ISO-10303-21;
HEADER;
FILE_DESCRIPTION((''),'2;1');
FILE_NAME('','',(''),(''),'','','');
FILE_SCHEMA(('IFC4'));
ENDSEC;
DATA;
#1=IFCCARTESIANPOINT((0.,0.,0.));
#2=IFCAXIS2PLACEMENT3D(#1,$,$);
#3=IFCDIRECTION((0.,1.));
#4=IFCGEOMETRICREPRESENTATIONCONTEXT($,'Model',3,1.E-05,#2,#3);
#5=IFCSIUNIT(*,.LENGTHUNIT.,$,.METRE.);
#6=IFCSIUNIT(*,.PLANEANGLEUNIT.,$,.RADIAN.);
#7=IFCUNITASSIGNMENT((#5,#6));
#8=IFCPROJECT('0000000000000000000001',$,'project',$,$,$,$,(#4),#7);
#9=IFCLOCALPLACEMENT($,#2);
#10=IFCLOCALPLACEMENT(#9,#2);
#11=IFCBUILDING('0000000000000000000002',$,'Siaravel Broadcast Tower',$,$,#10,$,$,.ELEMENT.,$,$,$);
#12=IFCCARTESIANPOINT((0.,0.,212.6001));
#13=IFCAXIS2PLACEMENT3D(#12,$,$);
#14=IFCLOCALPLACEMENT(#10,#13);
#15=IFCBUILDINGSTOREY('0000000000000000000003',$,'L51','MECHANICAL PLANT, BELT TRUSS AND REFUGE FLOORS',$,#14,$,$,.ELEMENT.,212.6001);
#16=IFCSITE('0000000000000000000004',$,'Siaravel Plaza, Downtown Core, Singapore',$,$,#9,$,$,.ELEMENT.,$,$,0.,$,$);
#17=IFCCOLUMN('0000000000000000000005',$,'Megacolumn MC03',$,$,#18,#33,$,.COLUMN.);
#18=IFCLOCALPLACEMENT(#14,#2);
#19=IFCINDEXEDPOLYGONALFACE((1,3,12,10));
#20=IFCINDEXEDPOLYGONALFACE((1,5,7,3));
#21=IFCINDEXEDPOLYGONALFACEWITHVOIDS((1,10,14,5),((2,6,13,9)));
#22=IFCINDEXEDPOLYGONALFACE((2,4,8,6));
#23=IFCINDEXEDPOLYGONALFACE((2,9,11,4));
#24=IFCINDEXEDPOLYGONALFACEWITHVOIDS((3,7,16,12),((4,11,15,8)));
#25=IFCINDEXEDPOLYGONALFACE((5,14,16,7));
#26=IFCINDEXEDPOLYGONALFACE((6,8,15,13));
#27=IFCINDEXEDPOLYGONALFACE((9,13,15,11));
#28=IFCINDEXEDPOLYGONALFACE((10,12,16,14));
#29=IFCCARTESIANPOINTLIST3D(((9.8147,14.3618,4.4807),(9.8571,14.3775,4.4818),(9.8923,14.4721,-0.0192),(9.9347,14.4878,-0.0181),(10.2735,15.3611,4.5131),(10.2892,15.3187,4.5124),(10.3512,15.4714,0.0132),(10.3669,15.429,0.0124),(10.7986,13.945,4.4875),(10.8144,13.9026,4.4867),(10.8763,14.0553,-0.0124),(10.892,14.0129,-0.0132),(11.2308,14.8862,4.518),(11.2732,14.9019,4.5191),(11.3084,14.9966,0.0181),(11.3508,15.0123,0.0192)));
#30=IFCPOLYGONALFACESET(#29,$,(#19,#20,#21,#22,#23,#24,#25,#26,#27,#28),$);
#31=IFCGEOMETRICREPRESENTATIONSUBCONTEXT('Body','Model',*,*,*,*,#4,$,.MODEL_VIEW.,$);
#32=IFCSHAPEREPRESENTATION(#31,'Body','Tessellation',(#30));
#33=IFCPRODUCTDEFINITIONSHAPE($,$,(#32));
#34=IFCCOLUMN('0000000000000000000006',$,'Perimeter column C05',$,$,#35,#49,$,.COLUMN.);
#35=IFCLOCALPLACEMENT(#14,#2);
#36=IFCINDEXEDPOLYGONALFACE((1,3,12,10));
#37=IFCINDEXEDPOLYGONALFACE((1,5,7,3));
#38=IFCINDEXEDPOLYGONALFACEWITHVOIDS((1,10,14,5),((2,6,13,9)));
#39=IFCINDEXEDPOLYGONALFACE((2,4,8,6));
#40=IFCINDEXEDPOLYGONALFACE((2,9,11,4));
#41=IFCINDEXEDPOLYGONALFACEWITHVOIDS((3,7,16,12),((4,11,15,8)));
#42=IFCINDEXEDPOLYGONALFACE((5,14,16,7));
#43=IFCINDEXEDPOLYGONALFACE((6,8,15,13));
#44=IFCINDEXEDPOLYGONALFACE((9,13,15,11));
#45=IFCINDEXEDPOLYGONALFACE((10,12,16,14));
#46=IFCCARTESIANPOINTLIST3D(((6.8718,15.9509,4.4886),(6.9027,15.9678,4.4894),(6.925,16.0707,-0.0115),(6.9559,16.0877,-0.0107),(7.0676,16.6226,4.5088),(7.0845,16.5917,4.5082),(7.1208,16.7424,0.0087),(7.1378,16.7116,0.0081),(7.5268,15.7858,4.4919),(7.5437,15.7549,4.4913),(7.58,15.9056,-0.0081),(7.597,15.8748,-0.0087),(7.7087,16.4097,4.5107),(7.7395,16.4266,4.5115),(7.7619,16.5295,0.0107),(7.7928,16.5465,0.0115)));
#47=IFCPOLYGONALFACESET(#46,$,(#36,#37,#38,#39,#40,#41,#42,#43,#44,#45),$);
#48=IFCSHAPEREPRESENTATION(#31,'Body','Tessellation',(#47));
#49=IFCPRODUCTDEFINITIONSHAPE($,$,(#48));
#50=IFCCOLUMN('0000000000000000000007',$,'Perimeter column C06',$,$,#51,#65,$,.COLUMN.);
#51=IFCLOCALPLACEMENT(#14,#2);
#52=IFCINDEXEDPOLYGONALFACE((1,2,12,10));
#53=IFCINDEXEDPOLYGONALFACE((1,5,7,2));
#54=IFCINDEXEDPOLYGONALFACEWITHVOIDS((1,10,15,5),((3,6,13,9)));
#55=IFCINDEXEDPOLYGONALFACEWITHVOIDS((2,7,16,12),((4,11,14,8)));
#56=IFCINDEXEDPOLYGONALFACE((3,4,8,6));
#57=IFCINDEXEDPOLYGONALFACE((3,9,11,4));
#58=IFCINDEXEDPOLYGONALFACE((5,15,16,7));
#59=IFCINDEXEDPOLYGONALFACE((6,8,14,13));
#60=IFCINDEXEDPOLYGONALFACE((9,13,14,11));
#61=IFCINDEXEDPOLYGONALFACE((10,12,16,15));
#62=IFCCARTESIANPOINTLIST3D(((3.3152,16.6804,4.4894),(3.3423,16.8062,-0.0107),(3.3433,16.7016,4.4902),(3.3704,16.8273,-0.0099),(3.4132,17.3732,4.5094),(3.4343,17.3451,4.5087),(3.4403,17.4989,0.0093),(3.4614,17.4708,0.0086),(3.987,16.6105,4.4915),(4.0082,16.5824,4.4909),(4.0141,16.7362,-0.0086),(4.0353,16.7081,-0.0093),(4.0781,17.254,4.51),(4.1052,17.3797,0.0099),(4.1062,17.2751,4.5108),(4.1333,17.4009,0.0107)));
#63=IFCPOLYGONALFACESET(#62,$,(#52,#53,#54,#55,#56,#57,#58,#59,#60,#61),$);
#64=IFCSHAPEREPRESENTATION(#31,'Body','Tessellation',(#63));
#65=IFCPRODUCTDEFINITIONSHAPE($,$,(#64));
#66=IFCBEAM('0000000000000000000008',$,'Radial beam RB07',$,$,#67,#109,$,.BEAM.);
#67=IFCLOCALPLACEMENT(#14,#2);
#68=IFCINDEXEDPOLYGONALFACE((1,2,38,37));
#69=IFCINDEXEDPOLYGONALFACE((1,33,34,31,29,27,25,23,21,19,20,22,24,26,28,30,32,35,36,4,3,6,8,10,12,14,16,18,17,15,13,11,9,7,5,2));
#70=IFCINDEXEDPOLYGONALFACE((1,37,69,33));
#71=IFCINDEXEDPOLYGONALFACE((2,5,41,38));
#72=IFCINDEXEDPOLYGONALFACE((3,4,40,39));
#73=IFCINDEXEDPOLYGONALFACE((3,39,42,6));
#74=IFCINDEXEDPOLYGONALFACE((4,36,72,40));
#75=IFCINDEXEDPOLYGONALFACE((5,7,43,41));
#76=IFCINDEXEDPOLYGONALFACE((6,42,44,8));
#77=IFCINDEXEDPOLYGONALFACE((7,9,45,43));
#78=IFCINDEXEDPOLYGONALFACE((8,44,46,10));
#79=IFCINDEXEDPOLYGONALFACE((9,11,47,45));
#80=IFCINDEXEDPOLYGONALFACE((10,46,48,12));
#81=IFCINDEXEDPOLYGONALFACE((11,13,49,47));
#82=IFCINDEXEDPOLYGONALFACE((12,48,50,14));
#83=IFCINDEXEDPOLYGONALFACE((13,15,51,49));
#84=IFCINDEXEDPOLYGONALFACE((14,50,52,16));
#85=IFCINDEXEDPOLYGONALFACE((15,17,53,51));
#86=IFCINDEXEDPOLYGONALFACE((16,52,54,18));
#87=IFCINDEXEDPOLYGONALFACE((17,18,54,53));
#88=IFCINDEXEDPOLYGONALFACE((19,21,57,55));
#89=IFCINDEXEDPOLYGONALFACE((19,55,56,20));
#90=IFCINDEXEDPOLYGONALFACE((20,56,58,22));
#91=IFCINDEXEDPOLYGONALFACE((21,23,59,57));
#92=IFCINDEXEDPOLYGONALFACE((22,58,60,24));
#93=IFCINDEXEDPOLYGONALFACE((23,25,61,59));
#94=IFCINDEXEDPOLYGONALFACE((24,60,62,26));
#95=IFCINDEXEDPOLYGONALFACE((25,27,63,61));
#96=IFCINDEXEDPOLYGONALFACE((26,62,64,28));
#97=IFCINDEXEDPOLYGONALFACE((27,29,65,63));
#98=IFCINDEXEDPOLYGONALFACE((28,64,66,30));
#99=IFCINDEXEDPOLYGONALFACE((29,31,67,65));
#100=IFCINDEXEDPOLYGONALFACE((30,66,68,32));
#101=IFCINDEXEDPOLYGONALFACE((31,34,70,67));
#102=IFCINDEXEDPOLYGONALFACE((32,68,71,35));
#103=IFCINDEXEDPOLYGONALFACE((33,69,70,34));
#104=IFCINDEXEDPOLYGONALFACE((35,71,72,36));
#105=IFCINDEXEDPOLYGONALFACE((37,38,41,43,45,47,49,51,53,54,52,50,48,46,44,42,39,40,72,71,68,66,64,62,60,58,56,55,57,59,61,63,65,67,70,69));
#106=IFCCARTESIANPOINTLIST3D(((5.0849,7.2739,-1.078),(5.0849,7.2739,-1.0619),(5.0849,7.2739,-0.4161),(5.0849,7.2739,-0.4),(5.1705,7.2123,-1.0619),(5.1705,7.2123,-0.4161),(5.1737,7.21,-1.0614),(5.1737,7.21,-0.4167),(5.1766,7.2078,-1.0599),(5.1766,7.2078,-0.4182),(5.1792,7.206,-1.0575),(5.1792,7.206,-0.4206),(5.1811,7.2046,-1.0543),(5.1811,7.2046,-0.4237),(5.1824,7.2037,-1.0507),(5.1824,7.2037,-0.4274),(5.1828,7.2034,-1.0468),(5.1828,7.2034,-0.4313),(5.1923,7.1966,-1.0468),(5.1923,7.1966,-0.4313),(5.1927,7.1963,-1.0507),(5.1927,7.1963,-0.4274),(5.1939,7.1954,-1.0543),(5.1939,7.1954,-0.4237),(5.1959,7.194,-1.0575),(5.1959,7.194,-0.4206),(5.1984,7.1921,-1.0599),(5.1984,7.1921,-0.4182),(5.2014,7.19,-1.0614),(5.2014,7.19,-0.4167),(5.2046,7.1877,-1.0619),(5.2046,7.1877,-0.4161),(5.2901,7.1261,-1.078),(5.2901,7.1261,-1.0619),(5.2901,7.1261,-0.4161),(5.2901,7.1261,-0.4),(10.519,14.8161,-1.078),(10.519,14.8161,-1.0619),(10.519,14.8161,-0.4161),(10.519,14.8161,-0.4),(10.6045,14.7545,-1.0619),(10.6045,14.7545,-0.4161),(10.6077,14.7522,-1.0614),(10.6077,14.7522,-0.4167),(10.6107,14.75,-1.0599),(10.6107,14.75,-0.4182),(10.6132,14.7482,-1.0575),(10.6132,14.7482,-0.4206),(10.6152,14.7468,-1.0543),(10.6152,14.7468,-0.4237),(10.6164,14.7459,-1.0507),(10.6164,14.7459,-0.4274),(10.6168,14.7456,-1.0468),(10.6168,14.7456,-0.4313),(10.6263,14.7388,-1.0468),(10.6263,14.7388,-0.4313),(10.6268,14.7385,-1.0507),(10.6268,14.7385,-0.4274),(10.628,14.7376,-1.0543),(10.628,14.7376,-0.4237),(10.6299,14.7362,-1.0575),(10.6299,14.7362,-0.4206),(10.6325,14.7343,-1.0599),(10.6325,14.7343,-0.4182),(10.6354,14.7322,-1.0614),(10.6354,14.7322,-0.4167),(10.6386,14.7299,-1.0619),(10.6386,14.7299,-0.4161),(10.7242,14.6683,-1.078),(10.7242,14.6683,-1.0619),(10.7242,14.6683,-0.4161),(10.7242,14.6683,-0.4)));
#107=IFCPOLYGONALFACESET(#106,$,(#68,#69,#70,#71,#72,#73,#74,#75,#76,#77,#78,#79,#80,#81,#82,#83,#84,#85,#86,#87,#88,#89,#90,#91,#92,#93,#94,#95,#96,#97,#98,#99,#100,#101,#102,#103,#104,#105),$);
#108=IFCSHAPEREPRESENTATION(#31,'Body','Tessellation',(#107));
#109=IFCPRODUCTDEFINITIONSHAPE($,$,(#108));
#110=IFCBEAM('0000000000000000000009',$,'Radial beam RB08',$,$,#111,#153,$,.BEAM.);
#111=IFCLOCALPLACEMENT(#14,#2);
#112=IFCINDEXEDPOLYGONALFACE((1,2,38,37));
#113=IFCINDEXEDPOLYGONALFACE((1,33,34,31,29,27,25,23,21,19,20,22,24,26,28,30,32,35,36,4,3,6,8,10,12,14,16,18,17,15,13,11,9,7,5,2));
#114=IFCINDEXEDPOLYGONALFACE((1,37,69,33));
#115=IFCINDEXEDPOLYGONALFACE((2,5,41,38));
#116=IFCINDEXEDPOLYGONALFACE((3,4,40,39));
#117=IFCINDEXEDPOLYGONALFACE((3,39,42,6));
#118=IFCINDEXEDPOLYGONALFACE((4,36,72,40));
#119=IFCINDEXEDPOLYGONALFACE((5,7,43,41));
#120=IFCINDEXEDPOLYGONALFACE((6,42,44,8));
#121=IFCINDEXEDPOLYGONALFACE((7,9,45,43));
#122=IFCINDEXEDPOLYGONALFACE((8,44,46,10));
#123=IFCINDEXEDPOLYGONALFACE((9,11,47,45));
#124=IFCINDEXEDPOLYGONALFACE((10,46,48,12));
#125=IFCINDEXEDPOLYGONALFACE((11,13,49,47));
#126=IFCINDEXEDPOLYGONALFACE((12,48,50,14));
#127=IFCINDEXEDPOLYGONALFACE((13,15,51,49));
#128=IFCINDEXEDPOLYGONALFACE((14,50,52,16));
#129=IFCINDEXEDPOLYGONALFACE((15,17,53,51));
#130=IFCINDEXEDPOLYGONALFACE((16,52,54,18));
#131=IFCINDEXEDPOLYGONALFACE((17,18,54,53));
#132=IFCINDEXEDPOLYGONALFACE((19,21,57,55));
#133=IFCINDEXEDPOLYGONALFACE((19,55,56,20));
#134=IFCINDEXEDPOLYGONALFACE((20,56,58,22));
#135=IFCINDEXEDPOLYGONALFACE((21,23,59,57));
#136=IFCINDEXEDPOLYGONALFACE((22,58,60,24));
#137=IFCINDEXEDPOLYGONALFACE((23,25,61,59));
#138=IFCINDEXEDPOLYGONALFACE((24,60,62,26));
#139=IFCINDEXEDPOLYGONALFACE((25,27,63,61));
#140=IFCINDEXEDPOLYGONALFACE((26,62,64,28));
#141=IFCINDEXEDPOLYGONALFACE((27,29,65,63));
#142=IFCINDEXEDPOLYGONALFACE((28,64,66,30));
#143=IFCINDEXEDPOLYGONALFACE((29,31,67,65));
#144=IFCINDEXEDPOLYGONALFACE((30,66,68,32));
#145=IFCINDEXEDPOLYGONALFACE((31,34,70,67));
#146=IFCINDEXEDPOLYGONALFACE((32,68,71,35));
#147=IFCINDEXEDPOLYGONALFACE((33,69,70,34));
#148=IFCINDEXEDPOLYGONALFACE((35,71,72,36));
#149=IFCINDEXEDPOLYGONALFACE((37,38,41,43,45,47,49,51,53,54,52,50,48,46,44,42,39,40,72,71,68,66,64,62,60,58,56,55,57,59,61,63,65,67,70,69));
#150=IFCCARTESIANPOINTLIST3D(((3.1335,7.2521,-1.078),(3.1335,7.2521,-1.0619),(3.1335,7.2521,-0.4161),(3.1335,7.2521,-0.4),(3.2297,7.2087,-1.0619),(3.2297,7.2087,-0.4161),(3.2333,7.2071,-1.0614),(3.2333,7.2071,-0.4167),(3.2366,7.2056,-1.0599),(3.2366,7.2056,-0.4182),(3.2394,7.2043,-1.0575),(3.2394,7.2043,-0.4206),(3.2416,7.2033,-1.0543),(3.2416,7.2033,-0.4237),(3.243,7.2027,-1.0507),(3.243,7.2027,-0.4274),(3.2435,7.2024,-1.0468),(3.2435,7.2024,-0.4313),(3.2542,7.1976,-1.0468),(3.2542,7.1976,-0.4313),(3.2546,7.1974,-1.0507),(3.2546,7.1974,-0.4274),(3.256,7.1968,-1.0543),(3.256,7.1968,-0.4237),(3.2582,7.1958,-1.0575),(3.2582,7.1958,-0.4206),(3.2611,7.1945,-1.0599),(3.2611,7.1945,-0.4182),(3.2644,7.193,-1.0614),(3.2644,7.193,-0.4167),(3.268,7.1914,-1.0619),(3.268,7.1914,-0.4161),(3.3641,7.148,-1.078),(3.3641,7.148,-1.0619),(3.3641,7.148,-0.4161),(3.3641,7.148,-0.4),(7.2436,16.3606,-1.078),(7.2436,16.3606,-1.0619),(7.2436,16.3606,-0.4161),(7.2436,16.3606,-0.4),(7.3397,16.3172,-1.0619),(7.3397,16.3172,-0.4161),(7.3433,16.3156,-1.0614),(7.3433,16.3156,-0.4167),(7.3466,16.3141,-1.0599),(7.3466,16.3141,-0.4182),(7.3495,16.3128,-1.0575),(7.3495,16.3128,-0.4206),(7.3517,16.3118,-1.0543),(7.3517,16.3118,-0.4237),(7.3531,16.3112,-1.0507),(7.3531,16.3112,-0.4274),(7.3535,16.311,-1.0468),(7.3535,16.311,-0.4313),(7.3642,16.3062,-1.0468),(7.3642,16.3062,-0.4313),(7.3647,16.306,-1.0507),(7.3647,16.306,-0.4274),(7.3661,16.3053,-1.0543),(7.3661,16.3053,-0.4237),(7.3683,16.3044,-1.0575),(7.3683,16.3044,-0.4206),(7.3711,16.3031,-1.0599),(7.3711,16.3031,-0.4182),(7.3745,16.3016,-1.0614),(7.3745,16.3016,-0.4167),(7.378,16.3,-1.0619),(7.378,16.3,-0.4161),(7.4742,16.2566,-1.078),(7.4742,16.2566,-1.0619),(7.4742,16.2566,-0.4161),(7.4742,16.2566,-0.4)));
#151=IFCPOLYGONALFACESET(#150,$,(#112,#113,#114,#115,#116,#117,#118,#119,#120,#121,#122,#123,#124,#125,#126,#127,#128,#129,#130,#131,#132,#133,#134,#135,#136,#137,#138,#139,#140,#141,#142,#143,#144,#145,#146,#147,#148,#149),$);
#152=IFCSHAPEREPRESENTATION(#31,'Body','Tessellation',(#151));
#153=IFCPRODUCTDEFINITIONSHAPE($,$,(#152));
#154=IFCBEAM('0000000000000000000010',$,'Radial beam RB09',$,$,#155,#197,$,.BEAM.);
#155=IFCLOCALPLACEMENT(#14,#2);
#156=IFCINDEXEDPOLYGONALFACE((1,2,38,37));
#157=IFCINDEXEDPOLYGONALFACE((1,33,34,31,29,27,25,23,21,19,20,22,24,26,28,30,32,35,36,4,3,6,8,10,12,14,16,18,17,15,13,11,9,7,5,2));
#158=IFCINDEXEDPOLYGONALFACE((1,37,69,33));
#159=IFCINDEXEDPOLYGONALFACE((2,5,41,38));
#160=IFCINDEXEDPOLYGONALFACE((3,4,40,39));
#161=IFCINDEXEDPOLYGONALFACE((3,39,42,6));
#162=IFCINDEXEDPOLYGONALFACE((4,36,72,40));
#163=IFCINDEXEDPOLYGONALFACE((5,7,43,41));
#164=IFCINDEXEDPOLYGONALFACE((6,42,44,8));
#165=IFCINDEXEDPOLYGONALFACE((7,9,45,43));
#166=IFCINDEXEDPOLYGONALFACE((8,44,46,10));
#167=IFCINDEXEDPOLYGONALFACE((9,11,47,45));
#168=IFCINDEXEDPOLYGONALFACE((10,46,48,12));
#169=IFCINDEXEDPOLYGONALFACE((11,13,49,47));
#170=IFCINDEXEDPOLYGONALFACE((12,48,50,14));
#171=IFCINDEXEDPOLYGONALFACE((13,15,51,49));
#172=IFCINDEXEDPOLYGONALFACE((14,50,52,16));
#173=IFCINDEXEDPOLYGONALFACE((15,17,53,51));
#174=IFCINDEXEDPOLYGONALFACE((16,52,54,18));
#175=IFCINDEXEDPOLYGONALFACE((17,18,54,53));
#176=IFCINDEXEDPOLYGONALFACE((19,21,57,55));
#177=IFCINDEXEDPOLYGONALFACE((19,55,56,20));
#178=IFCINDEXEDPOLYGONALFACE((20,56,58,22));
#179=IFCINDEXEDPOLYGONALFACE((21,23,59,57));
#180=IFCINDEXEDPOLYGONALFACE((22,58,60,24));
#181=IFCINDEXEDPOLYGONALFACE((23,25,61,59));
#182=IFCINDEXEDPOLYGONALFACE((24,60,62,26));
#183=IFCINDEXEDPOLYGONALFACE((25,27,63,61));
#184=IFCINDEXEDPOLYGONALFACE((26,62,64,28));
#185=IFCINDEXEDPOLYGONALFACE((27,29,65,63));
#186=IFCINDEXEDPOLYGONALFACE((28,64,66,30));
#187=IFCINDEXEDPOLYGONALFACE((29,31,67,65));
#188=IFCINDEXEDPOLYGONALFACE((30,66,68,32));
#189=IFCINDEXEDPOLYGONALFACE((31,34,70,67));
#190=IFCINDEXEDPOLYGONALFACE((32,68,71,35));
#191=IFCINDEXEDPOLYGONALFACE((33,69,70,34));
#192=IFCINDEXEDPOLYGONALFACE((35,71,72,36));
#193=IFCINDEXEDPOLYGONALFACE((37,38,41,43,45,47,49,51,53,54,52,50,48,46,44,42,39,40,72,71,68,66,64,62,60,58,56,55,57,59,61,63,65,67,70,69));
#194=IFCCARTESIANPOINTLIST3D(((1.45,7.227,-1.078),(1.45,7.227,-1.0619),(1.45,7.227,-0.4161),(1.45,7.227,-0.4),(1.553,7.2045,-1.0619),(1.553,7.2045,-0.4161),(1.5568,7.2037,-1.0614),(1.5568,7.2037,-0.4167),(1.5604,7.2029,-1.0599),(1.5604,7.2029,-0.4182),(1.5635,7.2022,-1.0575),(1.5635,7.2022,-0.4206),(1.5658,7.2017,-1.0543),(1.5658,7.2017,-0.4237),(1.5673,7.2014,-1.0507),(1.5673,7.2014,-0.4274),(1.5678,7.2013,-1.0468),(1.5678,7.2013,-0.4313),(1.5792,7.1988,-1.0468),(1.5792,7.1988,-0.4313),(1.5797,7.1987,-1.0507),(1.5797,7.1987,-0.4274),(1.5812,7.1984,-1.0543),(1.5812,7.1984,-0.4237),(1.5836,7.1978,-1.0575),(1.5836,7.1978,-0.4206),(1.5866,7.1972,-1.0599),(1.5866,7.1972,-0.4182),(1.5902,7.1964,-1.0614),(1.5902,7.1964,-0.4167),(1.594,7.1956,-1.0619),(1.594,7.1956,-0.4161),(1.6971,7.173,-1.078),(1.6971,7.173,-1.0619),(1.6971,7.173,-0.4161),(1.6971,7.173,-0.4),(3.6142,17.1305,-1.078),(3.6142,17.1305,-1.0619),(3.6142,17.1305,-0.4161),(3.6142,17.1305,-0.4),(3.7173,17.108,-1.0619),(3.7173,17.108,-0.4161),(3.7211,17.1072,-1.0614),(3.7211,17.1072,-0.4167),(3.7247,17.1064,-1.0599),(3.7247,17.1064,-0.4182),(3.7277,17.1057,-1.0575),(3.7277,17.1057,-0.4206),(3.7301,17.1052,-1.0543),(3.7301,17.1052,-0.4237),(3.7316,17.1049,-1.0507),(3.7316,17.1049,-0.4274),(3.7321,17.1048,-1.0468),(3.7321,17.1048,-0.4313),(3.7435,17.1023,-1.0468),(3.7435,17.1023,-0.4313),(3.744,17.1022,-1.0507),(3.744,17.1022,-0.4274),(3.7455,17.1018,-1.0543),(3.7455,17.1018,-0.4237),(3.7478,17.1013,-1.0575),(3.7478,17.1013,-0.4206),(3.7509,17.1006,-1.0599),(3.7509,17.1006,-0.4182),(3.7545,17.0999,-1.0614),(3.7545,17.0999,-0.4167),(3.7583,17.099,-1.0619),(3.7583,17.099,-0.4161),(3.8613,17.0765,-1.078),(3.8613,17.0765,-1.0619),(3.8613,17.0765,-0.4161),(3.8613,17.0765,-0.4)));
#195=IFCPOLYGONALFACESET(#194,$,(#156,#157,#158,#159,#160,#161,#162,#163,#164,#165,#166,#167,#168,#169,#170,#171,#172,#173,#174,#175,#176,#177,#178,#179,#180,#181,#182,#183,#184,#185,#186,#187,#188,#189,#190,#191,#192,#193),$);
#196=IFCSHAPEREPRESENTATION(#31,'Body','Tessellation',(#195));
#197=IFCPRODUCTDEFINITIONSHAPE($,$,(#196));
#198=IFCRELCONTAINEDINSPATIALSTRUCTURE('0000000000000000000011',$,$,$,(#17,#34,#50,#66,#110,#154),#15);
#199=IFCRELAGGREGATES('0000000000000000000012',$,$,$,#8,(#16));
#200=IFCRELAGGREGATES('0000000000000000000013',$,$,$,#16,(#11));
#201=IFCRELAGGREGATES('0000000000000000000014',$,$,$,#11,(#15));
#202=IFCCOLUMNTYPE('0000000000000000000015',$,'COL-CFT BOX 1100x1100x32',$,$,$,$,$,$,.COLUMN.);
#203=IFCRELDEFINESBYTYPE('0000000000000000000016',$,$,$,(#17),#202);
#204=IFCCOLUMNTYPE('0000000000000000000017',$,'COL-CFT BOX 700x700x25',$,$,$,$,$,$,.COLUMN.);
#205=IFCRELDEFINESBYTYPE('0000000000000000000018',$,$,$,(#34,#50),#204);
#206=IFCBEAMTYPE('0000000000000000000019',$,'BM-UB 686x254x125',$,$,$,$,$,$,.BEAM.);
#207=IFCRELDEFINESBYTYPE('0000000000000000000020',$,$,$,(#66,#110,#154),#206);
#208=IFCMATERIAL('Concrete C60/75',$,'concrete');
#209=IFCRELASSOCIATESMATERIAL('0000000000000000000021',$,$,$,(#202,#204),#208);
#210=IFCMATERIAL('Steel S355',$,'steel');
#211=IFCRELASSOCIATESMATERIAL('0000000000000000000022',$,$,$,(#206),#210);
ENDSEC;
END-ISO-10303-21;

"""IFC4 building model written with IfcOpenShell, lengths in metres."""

from ifc_helpers import new_model, si_unit, direction, frame, origin, origin_2d, place, context, subcontext, project, spatial, hollow_rectangle, i_section, extrude, material, material_profile, profile_set, type_object, element, save


model = new_model("IFC4")

# Units and contexts
model_context = context("Model", 3, precision=1e-05, world=origin(), true_north=direction((0.0, 1.0)))
body_context = subcontext(model_context, "Body", "Model", "MODEL_VIEW")
ifc_project = project(units=[si_unit("LENGTHUNIT", "METRE"), si_unit("PLANEANGLEUNIT", "RADIAN")], contexts=[model_context])

# Site, building, storey
site_placement = place(None, origin())
site = spatial("IfcSite", under=ifc_project, at=site_placement, Name="Siaravel Plaza, Downtown Core, Singapore", CompositionType="ELEMENT", RefElevation=0.0)
building_placement = place(site_placement, origin())
building = spatial("IfcBuilding", under=site, at=building_placement, Name="Siaravel Broadcast Tower", CompositionType="ELEMENT")
storey_placement = place(building_placement, frame((0.0, 0.0, 212.6001)))
storey = spatial("IfcBuildingStorey", under=building, at=storey_placement, Name="L51", Description="MECHANICAL PLANT, BELT TRUSS AND REFUGE FLOORS", CompositionType="ELEMENT", Elevation=212.6001)

# Columns
ifc_material_1 = material(Name="Concrete C60/75", Category="concrete")
ifc_material_profile_1 = material_profile(ifc_material_1, hollow_rectangle(XDim=1.1001, YDim=1.1001, WallThickness=0.032, at=origin_2d()))
ifc_profile_set_1 = profile_set([ifc_material_profile_1], Name="Concrete C60/75")
column_type_1 = type_object("IfcColumnType", Name="COL-CFT BOX 1100x1100x32", PredefinedType="COLUMN", material=ifc_profile_set_1)
column_placement = place(storey_placement, frame((10.6216, 14.7422, 0.0), z_axis=(-0.017245, -0.024512, 0.999551), x_axis=(0.90871, -0.417393, 0.005442)))
element("IfcColumn", 1, at=column_placement, inside=storey, type_object=column_type_1, Name="Megacolumn MC03", PredefinedType="COLUMN", context=body_context, shape_type="SweptSolid", body=[
    extrude(hollow_rectangle(XDim=1.1001, YDim=1.1001, WallThickness=0.032, at=origin_2d()), origin(), (0.0, 0.0, 1.0), 4.502),
])
ifc_material_profile_2 = material_profile(ifc_material_1, hollow_rectangle(XDim=0.7, YDim=0.7, WallThickness=0.0249, at=origin_2d()))
ifc_profile_set_2 = profile_set([ifc_material_profile_2], Name="Concrete C60/75")
column_type_2 = type_object("IfcColumnType", Name="COL-CFT BOX 700x700x25", PredefinedType="COLUMN", material=ifc_profile_set_2)
for number, where, z_axis, x_axis, name in (
    (2, (7.3589, 16.3086, 0.0), (-0.011822, -0.026627, 0.999576), (0.959998, -0.279979, 0.003896), "Perimeter column C05"),
    (3, (3.7378, 17.1035, 0.0), (-0.00602, -0.027929, 0.999592), (0.990132, -0.14012, 0.002048), "Perimeter column C06"),
):
    element("IfcColumn", number, at=place(storey_placement, frame(where, z_axis=z_axis, x_axis=x_axis)), inside=storey, type_object=column_type_2, Name=name, PredefinedType="COLUMN", context=body_context, shape_type="SweptSolid", body=[
        extrude(hollow_rectangle(XDim=0.7, YDim=0.7, WallThickness=0.0249, at=origin_2d()), origin(), (0.0, 0.0, 1.0), 4.502),
    ])

# Beams
ifc_material_2 = material(Name="Steel S355", Category="steel")
ifc_material_profile_3 = material_profile(ifc_material_2, i_section(OverallWidth=0.2529, OverallDepth=0.678, WebThickness=0.0117, FlangeThickness=0.0161, FilletRadius=0.0151, at=origin_2d()))
ifc_profile_set_3 = profile_set([ifc_material_profile_3], Name="Steel S355")
beam_type_1 = type_object("IfcBeamType", Name="BM-UB 686x254x125", PredefinedType="BEAM", material=ifc_profile_set_3)
beam_1_placement = place(storey_placement, frame((10.6216, 14.7422, -0.739), z_axis=(-0.584565, -0.811347, 0.0), x_axis=(0.811347, -0.584565, 0.0)))
element("IfcBeam", 4, at=beam_1_placement, inside=storey, type_object=beam_type_1, Name="Radial beam RB07", PredefinedType="BEAM", context=body_context, shape_type="SweptSolid", body=[
    extrude(i_section(OverallWidth=0.2529, OverallDepth=0.678, WebThickness=0.0117, FlangeThickness=0.0161, FilletRadius=0.0151, at=origin_2d()), origin(), (0.0, 0.0, 1.0), 9.2959),
])
beam_2_placement = place(storey_placement, frame((7.3589, 16.3086, -0.739), z_axis=(-0.411298, -0.911501, 0.0), x_axis=(0.911501, -0.411298, 0.0)))
element("IfcBeam", 5, at=beam_2_placement, inside=storey, type_object=beam_type_1, Name="Radial beam RB08", PredefinedType="BEAM", context=body_context, shape_type="SweptSolid", body=[
    extrude(i_section(OverallWidth=0.2529, OverallDepth=0.678, WebThickness=0.0117, FlangeThickness=0.0161, FilletRadius=0.0151, at=origin_2d()), origin(), (0.0, 0.0, 1.0), 9.9929),
])
beam_3_placement = place(storey_placement, frame((3.7378, 17.1035, -0.739), z_axis=(-0.213499, -0.976943, 0.0), x_axis=(0.976943, -0.213499, 0.0)))
element("IfcBeam", 6, at=beam_3_placement, inside=storey, type_object=beam_type_1, Name="Radial beam RB09", PredefinedType="BEAM", context=body_context, shape_type="SweptSolid", body=[
    extrude(i_section(OverallWidth=0.2529, OverallDepth=0.678, WebThickness=0.0117, FlangeThickness=0.0161, FilletRadius=0.0151, at=origin_2d()), origin(), (0.0, 0.0, 1.0), 10.1372),
])

save(model, "model.ifc")
